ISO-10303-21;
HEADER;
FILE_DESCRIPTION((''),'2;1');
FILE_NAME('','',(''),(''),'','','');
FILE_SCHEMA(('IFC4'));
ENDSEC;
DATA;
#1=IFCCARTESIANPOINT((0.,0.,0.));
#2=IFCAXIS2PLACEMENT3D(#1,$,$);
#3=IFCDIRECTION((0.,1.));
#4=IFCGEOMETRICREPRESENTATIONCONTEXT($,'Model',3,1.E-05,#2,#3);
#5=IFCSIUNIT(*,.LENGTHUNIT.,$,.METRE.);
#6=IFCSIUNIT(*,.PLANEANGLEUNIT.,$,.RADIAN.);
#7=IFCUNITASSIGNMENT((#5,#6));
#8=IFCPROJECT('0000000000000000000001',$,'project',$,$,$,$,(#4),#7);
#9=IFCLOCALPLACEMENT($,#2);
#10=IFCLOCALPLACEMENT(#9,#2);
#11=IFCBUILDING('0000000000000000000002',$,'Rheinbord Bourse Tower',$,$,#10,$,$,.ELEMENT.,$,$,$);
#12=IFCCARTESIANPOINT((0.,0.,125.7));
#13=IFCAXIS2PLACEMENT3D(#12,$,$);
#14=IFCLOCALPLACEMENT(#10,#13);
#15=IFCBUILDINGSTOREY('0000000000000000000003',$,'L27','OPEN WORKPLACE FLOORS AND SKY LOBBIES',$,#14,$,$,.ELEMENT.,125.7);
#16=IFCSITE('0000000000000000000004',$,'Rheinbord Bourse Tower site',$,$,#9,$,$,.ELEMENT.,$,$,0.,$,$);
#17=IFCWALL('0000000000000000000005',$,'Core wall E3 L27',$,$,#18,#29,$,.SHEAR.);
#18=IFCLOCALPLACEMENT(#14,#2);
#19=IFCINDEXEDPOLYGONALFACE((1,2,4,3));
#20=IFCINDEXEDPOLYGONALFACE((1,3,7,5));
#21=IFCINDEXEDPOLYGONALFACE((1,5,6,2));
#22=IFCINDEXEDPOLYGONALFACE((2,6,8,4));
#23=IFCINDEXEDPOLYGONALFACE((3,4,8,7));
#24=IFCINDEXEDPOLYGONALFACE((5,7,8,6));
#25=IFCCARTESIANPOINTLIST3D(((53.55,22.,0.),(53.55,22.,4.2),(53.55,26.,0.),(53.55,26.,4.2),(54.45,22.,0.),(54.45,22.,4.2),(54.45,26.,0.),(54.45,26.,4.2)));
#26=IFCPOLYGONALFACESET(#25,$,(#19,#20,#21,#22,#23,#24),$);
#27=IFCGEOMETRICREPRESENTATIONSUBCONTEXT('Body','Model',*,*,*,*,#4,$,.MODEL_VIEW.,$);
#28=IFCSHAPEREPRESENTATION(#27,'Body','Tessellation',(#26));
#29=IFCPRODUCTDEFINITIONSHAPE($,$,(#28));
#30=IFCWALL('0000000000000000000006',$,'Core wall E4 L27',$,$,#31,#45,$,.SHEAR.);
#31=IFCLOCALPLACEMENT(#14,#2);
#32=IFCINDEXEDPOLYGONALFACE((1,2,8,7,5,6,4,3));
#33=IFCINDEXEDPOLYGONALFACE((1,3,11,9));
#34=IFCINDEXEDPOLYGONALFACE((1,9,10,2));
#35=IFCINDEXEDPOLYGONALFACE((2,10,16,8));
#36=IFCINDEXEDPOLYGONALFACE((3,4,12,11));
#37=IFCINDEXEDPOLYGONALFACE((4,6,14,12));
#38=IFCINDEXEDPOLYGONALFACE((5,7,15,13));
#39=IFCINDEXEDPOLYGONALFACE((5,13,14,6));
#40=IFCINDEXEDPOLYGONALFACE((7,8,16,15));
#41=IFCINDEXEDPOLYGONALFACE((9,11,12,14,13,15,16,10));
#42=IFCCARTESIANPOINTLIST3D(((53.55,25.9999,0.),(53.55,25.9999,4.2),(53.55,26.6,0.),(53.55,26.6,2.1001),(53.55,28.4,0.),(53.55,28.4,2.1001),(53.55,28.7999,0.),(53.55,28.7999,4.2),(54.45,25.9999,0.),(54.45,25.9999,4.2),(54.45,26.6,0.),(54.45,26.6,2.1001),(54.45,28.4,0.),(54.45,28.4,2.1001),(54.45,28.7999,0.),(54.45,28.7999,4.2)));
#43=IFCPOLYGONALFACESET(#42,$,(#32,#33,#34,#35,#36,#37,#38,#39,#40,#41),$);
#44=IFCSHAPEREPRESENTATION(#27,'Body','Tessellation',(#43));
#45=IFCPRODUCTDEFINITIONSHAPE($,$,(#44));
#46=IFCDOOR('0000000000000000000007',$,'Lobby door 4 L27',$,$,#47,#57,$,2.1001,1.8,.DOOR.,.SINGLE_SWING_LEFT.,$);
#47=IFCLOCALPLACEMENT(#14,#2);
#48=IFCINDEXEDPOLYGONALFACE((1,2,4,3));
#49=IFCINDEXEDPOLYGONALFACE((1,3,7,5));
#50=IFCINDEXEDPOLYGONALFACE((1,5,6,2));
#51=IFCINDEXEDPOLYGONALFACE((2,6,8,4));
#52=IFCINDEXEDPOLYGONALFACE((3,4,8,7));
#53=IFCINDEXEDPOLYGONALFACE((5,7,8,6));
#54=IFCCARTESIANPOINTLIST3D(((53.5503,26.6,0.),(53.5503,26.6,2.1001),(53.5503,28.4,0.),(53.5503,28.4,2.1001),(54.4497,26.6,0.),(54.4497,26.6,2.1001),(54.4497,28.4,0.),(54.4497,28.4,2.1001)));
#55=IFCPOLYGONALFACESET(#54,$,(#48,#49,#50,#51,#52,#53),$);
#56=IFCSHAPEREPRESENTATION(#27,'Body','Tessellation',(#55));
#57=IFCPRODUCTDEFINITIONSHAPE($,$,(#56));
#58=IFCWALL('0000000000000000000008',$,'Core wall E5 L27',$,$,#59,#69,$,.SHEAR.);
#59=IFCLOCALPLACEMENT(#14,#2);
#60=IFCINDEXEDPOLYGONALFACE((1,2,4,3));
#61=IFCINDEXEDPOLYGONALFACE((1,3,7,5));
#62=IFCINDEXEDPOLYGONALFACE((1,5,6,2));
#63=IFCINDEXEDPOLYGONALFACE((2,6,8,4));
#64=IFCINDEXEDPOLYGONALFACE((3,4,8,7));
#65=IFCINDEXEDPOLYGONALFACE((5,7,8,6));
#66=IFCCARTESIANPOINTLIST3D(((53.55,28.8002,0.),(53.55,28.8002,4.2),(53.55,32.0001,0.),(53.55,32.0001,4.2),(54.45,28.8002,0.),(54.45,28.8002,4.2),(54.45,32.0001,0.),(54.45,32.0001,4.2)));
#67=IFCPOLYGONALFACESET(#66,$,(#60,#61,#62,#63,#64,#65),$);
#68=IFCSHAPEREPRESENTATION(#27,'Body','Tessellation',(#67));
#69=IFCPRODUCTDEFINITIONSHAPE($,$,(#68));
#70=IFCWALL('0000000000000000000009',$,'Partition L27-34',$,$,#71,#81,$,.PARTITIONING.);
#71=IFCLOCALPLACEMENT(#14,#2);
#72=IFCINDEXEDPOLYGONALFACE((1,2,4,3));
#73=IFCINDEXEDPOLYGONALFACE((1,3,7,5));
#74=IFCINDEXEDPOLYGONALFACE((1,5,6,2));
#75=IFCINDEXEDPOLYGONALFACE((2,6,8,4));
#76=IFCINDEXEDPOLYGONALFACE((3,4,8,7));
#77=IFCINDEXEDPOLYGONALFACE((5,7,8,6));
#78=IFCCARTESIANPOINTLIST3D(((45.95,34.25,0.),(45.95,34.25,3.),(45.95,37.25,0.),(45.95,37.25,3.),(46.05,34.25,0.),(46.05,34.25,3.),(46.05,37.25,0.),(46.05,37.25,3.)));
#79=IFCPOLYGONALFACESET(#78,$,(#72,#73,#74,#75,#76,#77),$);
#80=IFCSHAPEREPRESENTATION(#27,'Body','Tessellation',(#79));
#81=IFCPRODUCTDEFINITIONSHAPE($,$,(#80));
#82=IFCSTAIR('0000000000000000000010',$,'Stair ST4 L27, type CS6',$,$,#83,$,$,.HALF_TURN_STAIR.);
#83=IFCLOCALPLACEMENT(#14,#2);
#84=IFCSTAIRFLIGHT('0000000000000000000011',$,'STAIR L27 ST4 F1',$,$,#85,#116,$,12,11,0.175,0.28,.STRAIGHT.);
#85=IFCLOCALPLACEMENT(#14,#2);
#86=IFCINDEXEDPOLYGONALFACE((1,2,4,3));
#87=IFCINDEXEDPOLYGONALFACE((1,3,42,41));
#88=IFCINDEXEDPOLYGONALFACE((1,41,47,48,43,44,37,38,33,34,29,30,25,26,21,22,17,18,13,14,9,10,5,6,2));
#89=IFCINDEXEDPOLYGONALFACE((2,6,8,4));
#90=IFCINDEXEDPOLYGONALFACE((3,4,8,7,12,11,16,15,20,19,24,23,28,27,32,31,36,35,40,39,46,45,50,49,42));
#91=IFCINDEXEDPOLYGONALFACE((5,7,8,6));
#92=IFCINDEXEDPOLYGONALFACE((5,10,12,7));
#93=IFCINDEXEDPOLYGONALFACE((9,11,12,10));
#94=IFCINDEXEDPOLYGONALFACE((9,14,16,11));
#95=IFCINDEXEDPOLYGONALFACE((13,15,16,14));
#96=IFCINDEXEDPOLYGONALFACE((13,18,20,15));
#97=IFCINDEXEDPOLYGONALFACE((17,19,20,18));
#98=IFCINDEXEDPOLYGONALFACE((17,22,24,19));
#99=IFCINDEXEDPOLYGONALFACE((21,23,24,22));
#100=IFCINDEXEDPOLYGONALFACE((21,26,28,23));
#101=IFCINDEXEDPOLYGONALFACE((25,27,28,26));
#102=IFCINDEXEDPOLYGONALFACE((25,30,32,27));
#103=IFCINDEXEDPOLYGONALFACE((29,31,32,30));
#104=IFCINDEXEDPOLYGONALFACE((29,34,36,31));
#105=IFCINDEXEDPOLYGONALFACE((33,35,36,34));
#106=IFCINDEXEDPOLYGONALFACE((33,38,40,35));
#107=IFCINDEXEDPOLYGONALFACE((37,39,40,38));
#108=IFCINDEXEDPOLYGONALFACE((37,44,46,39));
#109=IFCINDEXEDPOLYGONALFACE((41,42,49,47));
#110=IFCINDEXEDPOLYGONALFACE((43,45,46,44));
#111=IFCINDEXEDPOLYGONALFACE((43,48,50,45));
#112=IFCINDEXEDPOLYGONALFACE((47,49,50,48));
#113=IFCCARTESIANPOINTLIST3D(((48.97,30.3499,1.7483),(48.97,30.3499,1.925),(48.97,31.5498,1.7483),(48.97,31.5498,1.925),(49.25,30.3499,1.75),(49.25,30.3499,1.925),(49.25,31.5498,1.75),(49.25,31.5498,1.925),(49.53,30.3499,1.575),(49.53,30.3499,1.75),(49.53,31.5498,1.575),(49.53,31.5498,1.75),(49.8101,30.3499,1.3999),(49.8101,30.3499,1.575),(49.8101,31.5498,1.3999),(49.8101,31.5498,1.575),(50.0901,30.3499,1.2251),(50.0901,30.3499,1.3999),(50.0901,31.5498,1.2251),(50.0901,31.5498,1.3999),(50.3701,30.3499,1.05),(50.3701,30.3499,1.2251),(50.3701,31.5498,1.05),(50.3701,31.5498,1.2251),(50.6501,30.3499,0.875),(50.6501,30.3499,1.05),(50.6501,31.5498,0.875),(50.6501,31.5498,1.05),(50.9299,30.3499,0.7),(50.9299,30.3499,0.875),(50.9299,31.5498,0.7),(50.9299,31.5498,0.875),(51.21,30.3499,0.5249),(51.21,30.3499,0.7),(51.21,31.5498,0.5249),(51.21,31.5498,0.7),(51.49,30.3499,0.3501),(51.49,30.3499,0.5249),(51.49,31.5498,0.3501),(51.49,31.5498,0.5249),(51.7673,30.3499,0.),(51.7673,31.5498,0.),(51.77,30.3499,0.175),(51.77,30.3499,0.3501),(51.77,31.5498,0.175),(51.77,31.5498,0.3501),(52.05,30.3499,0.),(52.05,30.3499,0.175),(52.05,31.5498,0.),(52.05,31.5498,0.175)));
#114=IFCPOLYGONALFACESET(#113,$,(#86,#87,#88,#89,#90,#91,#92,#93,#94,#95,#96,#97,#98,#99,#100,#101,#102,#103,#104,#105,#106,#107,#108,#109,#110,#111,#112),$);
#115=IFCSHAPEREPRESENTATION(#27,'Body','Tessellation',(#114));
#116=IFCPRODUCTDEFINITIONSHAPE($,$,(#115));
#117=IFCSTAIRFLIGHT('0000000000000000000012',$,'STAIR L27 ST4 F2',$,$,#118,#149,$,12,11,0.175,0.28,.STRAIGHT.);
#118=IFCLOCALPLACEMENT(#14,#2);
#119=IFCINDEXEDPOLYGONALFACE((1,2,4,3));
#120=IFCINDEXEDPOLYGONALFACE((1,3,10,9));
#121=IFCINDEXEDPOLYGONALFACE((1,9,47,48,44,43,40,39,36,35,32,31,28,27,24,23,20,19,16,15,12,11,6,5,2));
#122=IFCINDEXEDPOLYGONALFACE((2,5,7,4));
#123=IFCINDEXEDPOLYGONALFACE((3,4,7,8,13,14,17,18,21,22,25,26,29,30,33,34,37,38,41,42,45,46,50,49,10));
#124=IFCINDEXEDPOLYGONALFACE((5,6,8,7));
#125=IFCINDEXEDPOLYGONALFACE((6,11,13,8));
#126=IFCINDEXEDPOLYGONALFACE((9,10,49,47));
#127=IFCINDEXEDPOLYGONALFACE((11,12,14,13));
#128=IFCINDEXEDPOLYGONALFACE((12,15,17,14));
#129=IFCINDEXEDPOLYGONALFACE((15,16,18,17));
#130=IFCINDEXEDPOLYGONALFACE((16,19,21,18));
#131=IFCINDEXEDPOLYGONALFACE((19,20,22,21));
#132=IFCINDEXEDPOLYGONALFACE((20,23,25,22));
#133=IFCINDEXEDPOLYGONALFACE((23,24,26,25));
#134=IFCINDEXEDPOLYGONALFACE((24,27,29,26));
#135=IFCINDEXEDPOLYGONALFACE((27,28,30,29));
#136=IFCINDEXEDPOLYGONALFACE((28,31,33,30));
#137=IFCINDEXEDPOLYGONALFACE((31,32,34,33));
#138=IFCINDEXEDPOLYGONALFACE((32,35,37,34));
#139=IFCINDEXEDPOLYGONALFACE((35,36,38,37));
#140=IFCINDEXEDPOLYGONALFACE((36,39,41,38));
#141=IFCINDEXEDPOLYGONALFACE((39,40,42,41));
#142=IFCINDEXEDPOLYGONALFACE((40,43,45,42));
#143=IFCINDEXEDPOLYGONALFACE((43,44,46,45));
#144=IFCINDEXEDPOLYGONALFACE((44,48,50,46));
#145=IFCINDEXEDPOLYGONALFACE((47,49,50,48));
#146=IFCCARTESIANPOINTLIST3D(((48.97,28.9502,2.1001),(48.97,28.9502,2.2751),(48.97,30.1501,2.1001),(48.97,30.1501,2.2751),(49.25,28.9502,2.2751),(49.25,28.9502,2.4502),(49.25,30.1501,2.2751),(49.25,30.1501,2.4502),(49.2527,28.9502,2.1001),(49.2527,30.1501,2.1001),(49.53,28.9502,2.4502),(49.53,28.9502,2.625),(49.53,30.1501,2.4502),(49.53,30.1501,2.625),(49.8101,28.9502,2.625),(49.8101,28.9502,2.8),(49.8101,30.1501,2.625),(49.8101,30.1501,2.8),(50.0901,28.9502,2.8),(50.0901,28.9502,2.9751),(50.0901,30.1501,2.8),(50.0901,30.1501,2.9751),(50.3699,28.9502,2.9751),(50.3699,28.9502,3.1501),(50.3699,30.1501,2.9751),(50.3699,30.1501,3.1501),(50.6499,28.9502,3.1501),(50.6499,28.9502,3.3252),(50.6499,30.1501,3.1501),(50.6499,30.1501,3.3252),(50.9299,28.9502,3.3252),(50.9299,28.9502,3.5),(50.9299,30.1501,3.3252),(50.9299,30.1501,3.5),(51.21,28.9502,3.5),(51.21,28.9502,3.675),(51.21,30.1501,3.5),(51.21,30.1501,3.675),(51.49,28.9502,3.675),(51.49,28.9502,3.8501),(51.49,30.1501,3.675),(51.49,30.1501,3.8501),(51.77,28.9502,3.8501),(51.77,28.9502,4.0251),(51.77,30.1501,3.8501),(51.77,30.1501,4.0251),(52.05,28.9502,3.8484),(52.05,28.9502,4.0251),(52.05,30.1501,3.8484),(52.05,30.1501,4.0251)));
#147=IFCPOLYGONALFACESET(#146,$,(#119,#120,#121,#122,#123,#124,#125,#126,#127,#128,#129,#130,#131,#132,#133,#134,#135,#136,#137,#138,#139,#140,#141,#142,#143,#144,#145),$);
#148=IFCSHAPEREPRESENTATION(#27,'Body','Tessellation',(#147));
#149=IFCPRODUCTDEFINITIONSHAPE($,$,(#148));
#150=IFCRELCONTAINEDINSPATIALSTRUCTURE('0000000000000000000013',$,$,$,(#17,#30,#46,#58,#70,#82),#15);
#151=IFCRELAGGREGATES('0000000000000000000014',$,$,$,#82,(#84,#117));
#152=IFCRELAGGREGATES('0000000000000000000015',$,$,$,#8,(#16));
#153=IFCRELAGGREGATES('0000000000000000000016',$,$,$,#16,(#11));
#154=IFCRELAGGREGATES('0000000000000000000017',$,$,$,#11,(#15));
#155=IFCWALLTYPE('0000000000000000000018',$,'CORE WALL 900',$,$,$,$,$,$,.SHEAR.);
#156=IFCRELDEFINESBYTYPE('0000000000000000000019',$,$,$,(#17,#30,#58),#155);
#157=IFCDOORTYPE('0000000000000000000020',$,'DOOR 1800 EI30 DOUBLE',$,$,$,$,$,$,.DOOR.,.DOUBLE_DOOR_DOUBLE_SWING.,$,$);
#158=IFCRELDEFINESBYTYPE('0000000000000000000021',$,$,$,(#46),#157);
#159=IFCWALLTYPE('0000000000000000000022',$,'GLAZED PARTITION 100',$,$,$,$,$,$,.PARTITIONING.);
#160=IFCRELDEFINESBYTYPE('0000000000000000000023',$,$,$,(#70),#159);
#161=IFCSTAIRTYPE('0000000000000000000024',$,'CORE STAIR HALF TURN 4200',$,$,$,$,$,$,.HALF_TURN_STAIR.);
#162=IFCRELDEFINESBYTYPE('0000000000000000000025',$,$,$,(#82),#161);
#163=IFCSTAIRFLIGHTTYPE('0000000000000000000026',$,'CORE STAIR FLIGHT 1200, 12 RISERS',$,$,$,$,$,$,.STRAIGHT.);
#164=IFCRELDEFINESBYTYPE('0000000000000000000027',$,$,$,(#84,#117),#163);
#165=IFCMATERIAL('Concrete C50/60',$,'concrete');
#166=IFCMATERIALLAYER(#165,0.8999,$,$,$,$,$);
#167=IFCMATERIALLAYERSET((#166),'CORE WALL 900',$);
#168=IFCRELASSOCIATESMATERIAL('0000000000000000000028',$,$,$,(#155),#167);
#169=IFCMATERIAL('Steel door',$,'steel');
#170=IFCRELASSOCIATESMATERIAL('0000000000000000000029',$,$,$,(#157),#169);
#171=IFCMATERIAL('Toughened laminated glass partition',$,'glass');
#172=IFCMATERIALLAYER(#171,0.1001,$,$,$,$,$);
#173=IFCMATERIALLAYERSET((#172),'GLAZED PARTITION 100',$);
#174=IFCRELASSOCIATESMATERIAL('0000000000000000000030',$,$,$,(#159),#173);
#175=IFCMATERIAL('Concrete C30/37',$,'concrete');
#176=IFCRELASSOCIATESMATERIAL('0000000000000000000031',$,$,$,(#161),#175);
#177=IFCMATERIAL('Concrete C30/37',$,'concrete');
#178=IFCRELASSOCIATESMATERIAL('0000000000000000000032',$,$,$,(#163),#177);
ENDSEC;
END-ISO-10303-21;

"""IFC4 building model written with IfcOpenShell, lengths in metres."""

from ifc_helpers import new_model, si_unit, direction, frame, frame_2d, origin, place, context, subcontext, project, spatial, polyline, rectangle, outline, extrude, material, layer, layer_set, type_object, element, fill, aggregate, save


model = new_model("IFC4")

# Units and contexts
model_context = context("Model", 3, precision=1e-05, world=origin(), true_north=direction((0.0, 1.0)))
body_context = subcontext(model_context, "Body", "Model", "MODEL_VIEW")
ifc_project = project(units=[si_unit("LENGTHUNIT", "METRE"), si_unit("PLANEANGLEUNIT", "RADIAN")], contexts=[model_context])

# Site, building, storey
site_placement = place(None, origin())
site = spatial("IfcSite", under=ifc_project, at=site_placement, Name="Rheinbord Bourse Tower site", CompositionType="ELEMENT", RefElevation=0.0)
building_placement = place(site_placement, origin())
building = spatial("IfcBuilding", under=site, at=building_placement, Name="Rheinbord Bourse Tower", CompositionType="ELEMENT")
storey_placement = place(building_placement, frame((0.0, 0.0, 125.7)))
storey = spatial("IfcBuildingStorey", under=building, at=storey_placement, Name="L27", Description="OPEN WORKPLACE FLOORS AND SKY LOBBIES", CompositionType="ELEMENT", Elevation=125.7)

# Wall
ifc_material_1 = material(Name="Concrete C50/60", Category="concrete")
ifc_layer_1 = layer(ifc_material_1, 0.8999)
ifc_layer_set_1 = layer_set([ifc_layer_1], Name="CORE WALL 900")
wall_type_1 = type_object("IfcWallType", Name="CORE WALL 900", PredefinedType="SHEAR", material=ifc_layer_set_1)
wall_1_placement = place(storey_placement, frame((54.0, 22.0, 0.0), z_axis=(0.0, 0.0, 1.0), x_axis=(0.0, 1.0, 0.0)))
element("IfcWall", 1, at=wall_1_placement, inside=storey, type_object=wall_type_1, Name="Core wall E3 L27", PredefinedType="SHEAR", context=body_context, shape_type="SweptSolid", body=[
    extrude(rectangle(XDim=4.0, YDim=0.8999, at=frame_2d((2.0, 0.0))), origin(), (0.0, 0.0, 1.0), 4.2),
])

# Wall, opening, door
wall_2_placement = place(storey_placement, frame((54.0, 26.0, 0.0), z_axis=(0.0, 0.0, 1.0), x_axis=(0.0, 1.0, 0.0)))
wall_2 = element("IfcWall", 2, at=wall_2_placement, inside=storey, type_object=wall_type_1, Name="Core wall E4 L27", PredefinedType="SHEAR", context=body_context, shape_type="SweptSolid", body=[
    extrude(rectangle(XDim=2.8, YDim=0.8999, at=frame_2d((1.3999, 0.0))), origin(), (0.0, 0.0, 1.0), 4.2),
])
opening_1_placement = place(wall_2_placement, frame((0.6001, 0.0, 0.0)))
opening_1 = element("IfcOpeningElement", 3, at=opening_1_placement, cuts=wall_2, PredefinedType="OPENING", context=body_context, shape_type="SweptSolid", body=[
    extrude(rectangle(XDim=1.8, YDim=2.1001, at=frame_2d((0.8999, 1.05))), frame((0.0, 0.46, 0.0), z_axis=(0.0, -1.0, 0.0), x_axis=(1.0, 0.0, 0.0)), (0.0, 0.0, 1.0), 0.9199),
])
ifc_material_2 = material(Name="Steel door", Category="steel")
door_type_1 = type_object("IfcDoorType", Name="DOOR 1800 EI30 DOUBLE", OperationType="DOUBLE_DOOR_DOUBLE_SWING", PredefinedType="DOOR", material=ifc_material_2)
door_1_placement = place(opening_1_placement, origin())
door_1 = element("IfcDoor", 4, at=door_1_placement, inside=storey, type_object=door_type_1, Name="Lobby door 4 L27", OperationType="SINGLE_SWING_LEFT", OverallHeight=2.1001, OverallWidth=1.8, PredefinedType="DOOR", context=body_context, shape_type="SweptSolid", body=[
    extrude(rectangle(XDim=1.8, YDim=2.1001, at=frame_2d((0.8999, 1.05))), frame((0.0, 0.4497, 0.0), z_axis=(0.0, -1.0, 0.0), x_axis=(1.0, 0.0, 0.0)), (0.0, 0.0, 1.0), 0.8994),
])
fill(opening_1, door_1)

# Walls
wall_3_placement = place(storey_placement, frame((54.0, 28.8, 0.0), z_axis=(0.0, 0.0, 1.0), x_axis=(0.0, 1.0, 0.0)))
element("IfcWall", 5, at=wall_3_placement, inside=storey, type_object=wall_type_1, Name="Core wall E5 L27", PredefinedType="SHEAR", context=body_context, shape_type="SweptSolid", body=[
    extrude(rectangle(XDim=3.2, YDim=0.8999, at=frame_2d((1.6001, 0.0))), origin(), (0.0, 0.0, 1.0), 4.2),
])
ifc_material_3 = material(Name="Toughened laminated glass partition", Category="glass")
ifc_layer_2 = layer(ifc_material_3, 0.1001)
ifc_layer_set_2 = layer_set([ifc_layer_2], Name="GLAZED PARTITION 100")
wall_type_2 = type_object("IfcWallType", Name="GLAZED PARTITION 100", PredefinedType="PARTITIONING", material=ifc_layer_set_2)
wall_4_placement = place(storey_placement, frame((46.0, 34.25, 0.0), z_axis=(0.0, 0.0, 1.0), x_axis=(0.0, 1.0, 0.0)))
element("IfcWall", 6, at=wall_4_placement, inside=storey, type_object=wall_type_2, Name="Partition L27-34", PredefinedType="PARTITIONING", context=body_context, shape_type="SweptSolid", body=[
    extrude(rectangle(XDim=3.0, YDim=0.1001, at=frame_2d((1.5, 0.0))), origin(), (0.0, 0.0, 1.0), 3.0),
])

# Stair, stair flights
ifc_material_4 = material(Name="Concrete C30/37", Category="concrete")
stair_type = type_object("IfcStairType", Name="CORE STAIR HALF TURN 4200", PredefinedType="HALF_TURN_STAIR", material=ifc_material_4)
stair_placement = place(storey_placement, origin())
stair = element("IfcStair", 7, at=stair_placement, inside=storey, type_object=stair_type, Name="Stair ST4 L27, type CS6", PredefinedType="HALF_TURN_STAIR")
ifc_material_5 = material(Name="Concrete C30/37", Category="concrete")
stair_flight_type = type_object("IfcStairFlightType", Name="CORE STAIR FLIGHT 1200, 12 RISERS", PredefinedType="STRAIGHT", material=ifc_material_5)
stair_flight_1_placement = place(storey_placement, frame((52.05, 30.95, 0.0), z_axis=(0.0, 0.0, 1.0), x_axis=(-1.0, 0.0, 0.0)))
stair_flight_1 = element("IfcStairFlight", 8, at=stair_flight_1_placement, type_object=stair_flight_type, Name="STAIR L27 ST4 F1", NumberOfRisers=12, NumberOfTreads=11, PredefinedType="STRAIGHT", RiserHeight=0.175, TreadLength=0.28, context=body_context, shape_type="SweptSolid", body=[
    extrude(outline(polyline([(0.0, 0.0), (0.0, 0.175), (0.28, 0.175), (0.28, 0.3501), (0.5601, 0.3501), (0.5601, 0.5249), (0.8401, 0.5249), (0.8401, 0.7), (1.1201, 0.7), (1.1201, 0.875), (1.3999, 0.875), (1.3999, 1.05), (1.6799, 1.05), (1.6799, 1.2251), (1.96, 1.2251), (1.96, 1.3999), (2.24, 1.3999), (2.24, 1.575), (2.52, 1.575), (2.52, 1.75), (2.8, 1.75), (2.8, 1.925), (3.0801, 1.925), (3.0801, 2.1001), (3.0801, 1.7483), (0.2827, 0.0), (0.0, 0.0)])), frame((0.0, 0.6001, 0.0), z_axis=(0.0, -1.0, 0.0), x_axis=(1.0, 0.0, 0.0)), (0.0, 0.0, 1.0), 1.2),
])
stair_flight_2_placement = place(storey_placement, frame((48.97, 29.55, 2.1001), z_axis=(0.0, 0.0, 1.0), x_axis=(1.0, 0.0, 0.0)))
stair_flight_2 = element("IfcStairFlight", 9, at=stair_flight_2_placement, type_object=stair_flight_type, Name="STAIR L27 ST4 F2", NumberOfRisers=12, NumberOfTreads=11, PredefinedType="STRAIGHT", RiserHeight=0.175, TreadLength=0.28, context=body_context, shape_type="SweptSolid", body=[
    extrude(outline(polyline([(0.0, 0.0), (0.0, 0.175), (0.28, 0.175), (0.28, 0.3501), (0.5601, 0.3501), (0.5601, 0.5249), (0.8401, 0.5249), (0.8401, 0.7), (1.1201, 0.7), (1.1201, 0.875), (1.3999, 0.875), (1.3999, 1.05), (1.6799, 1.05), (1.6799, 1.2251), (1.96, 1.2251), (1.96, 1.3999), (2.24, 1.3999), (2.24, 1.575), (2.52, 1.575), (2.52, 1.75), (2.8, 1.75), (2.8, 1.925), (3.0801, 1.925), (3.0801, 2.1001), (3.0801, 1.7483), (0.2827, 0.0), (0.0, 0.0)])), frame((0.0, 0.6001, 0.0), z_axis=(0.0, -1.0, 0.0), x_axis=(1.0, 0.0, 0.0)), (0.0, 0.0, 1.0), 1.2),
])
aggregate(stair, [stair_flight_1, stair_flight_2])

save(model, "model.ifc")
